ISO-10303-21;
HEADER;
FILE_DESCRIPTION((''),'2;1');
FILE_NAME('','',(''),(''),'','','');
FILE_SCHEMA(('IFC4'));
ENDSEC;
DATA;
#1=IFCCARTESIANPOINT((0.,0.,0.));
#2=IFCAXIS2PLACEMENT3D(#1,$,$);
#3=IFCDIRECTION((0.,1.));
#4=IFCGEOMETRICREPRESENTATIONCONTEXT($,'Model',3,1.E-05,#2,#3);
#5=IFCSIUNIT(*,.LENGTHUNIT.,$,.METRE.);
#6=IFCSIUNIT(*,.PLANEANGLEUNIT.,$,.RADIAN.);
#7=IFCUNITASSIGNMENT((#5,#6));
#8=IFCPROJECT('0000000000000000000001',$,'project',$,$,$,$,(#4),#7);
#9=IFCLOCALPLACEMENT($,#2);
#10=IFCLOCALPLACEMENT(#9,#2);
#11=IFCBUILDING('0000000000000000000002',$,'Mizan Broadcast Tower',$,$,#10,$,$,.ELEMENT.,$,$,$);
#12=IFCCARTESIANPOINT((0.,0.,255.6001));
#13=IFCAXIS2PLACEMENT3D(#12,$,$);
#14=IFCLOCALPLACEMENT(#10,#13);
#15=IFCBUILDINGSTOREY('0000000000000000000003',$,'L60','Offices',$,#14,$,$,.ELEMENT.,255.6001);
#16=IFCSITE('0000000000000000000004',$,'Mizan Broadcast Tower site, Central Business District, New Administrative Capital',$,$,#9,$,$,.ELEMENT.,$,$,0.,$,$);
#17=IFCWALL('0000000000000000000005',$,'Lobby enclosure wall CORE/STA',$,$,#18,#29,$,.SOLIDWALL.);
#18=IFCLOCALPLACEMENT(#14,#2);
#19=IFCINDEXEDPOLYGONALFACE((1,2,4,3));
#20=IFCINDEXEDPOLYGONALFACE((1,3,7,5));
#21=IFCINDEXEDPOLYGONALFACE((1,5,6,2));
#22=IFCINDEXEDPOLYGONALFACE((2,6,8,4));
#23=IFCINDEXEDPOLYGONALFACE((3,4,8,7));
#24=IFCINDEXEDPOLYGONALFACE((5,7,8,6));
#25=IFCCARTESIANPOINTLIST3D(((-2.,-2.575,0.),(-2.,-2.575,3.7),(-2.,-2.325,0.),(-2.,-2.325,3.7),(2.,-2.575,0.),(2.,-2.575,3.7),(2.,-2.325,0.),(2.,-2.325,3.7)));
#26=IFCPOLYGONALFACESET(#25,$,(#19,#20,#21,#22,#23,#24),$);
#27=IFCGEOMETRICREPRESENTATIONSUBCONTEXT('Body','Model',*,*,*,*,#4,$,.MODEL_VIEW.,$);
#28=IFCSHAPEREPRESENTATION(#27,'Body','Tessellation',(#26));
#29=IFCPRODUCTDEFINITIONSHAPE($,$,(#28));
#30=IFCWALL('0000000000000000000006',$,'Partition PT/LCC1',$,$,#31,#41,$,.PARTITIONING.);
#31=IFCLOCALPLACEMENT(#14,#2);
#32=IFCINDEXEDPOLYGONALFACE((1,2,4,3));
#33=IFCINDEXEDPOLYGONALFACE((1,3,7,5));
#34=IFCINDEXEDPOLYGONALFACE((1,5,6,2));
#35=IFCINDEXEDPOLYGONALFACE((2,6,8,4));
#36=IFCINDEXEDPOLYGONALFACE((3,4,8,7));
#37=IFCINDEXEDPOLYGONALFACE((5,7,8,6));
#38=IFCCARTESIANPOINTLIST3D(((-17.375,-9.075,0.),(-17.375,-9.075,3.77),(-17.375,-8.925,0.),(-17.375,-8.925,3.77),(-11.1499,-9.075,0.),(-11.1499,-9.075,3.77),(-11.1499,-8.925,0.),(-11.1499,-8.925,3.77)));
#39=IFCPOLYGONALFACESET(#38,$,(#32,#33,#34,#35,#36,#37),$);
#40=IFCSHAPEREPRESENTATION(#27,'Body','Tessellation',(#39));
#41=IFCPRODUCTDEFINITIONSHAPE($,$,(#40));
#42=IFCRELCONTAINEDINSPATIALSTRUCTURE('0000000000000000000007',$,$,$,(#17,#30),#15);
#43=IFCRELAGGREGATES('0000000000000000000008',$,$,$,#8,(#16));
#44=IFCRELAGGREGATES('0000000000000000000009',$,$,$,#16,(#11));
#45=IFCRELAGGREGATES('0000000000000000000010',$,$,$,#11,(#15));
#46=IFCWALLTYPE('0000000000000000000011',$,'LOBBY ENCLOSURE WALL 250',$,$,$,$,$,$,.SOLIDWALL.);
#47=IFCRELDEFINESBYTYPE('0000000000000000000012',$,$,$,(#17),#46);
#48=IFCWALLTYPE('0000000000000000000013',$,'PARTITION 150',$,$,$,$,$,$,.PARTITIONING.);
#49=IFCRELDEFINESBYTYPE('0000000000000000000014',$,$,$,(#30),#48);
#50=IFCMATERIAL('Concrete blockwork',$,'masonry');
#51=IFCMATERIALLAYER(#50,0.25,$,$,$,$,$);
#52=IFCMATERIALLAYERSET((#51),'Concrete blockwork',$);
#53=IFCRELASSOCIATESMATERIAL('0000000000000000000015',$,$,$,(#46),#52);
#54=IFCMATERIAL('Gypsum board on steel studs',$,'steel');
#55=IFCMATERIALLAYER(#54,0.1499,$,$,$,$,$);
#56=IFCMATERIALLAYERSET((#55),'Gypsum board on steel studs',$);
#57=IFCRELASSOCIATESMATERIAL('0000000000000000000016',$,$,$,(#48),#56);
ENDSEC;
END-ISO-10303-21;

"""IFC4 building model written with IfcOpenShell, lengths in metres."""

from ifc_helpers import new_model, si_unit, direction, frame, frame_2d, origin, place, context, subcontext, project, spatial, rectangle, extrude, material, layer, layer_set, type_object, element, save


model = new_model("IFC4")

# Units and contexts
model_context = context("Model", 3, precision=1e-05, world=origin(), true_north=direction((0.0, 1.0)))
body_context = subcontext(model_context, "Body", "Model", "MODEL_VIEW")
ifc_project = project(units=[si_unit("LENGTHUNIT", "METRE"), si_unit("PLANEANGLEUNIT", "RADIAN")], contexts=[model_context])

# Site, building, storey
site_placement = place(None, origin())
site = spatial("IfcSite", under=ifc_project, at=site_placement, Name="Mizan Broadcast Tower site, Central Business District, New Administrative Capital", CompositionType="ELEMENT", RefElevation=0.0)
building_placement = place(site_placement, origin())
building = spatial("IfcBuilding", under=site, at=building_placement, Name="Mizan Broadcast Tower", CompositionType="ELEMENT")
storey_placement = place(building_placement, frame((0.0, 0.0, 255.6001)))
storey = spatial("IfcBuildingStorey", under=building, at=storey_placement, Name="L60", Description="Offices", CompositionType="ELEMENT", Elevation=255.6001)

# Shared definitions
ifc_material_1 = material(Name="Concrete blockwork", Category="masonry")
ifc_layer_1 = layer(ifc_material_1, 0.25)
ifc_layer_set_1 = layer_set([ifc_layer_1], Name="Concrete blockwork")
wall_type_1 = type_object("IfcWallType", Name="LOBBY ENCLOSURE WALL 250", PredefinedType="SOLIDWALL", material=ifc_layer_set_1)

# Walls
wall_1_placement = place(storey_placement, frame((-2.0, -2.45, 0.0), z_axis=(0.0, 0.0, 1.0), x_axis=(1.0, 0.0, 0.0)))
element("IfcWall", 1, at=wall_1_placement, inside=storey, type_object=wall_type_1, Name="Lobby enclosure wall CORE/STA", PredefinedType="SOLIDWALL", context=body_context, shape_type="SweptSolid", body=[
    extrude(rectangle(XDim=4.0, YDim=0.25, at=frame_2d((2.0, 0.0))), origin(), (0.0, 0.0, 1.0), 3.7),
])
ifc_material_2 = material(Name="Gypsum board on steel studs", Category="steel")
ifc_layer_2 = layer(ifc_material_2, 0.1499)
ifc_layer_set_2 = layer_set([ifc_layer_2], Name="Gypsum board on steel studs")
wall_type_2 = type_object("IfcWallType", Name="PARTITION 150", PredefinedType="PARTITIONING", material=ifc_layer_set_2)
wall_2_placement = place(storey_placement, frame((-11.1499, -9.0, 0.0), z_axis=(0.0, 0.0, 1.0), x_axis=(-1.0, 0.0, 0.0)))
element("IfcWall", 2, at=wall_2_placement, inside=storey, type_object=wall_type_2, Name="Partition PT/LCC1", PredefinedType="PARTITIONING", context=body_context, shape_type="SweptSolid", body=[
    extrude(rectangle(XDim=6.2251, YDim=0.1499, at=frame_2d((3.1125, 0.0))), origin(), (0.0, 0.0, 1.0), 3.77),
])

save(model, "model.ifc")
